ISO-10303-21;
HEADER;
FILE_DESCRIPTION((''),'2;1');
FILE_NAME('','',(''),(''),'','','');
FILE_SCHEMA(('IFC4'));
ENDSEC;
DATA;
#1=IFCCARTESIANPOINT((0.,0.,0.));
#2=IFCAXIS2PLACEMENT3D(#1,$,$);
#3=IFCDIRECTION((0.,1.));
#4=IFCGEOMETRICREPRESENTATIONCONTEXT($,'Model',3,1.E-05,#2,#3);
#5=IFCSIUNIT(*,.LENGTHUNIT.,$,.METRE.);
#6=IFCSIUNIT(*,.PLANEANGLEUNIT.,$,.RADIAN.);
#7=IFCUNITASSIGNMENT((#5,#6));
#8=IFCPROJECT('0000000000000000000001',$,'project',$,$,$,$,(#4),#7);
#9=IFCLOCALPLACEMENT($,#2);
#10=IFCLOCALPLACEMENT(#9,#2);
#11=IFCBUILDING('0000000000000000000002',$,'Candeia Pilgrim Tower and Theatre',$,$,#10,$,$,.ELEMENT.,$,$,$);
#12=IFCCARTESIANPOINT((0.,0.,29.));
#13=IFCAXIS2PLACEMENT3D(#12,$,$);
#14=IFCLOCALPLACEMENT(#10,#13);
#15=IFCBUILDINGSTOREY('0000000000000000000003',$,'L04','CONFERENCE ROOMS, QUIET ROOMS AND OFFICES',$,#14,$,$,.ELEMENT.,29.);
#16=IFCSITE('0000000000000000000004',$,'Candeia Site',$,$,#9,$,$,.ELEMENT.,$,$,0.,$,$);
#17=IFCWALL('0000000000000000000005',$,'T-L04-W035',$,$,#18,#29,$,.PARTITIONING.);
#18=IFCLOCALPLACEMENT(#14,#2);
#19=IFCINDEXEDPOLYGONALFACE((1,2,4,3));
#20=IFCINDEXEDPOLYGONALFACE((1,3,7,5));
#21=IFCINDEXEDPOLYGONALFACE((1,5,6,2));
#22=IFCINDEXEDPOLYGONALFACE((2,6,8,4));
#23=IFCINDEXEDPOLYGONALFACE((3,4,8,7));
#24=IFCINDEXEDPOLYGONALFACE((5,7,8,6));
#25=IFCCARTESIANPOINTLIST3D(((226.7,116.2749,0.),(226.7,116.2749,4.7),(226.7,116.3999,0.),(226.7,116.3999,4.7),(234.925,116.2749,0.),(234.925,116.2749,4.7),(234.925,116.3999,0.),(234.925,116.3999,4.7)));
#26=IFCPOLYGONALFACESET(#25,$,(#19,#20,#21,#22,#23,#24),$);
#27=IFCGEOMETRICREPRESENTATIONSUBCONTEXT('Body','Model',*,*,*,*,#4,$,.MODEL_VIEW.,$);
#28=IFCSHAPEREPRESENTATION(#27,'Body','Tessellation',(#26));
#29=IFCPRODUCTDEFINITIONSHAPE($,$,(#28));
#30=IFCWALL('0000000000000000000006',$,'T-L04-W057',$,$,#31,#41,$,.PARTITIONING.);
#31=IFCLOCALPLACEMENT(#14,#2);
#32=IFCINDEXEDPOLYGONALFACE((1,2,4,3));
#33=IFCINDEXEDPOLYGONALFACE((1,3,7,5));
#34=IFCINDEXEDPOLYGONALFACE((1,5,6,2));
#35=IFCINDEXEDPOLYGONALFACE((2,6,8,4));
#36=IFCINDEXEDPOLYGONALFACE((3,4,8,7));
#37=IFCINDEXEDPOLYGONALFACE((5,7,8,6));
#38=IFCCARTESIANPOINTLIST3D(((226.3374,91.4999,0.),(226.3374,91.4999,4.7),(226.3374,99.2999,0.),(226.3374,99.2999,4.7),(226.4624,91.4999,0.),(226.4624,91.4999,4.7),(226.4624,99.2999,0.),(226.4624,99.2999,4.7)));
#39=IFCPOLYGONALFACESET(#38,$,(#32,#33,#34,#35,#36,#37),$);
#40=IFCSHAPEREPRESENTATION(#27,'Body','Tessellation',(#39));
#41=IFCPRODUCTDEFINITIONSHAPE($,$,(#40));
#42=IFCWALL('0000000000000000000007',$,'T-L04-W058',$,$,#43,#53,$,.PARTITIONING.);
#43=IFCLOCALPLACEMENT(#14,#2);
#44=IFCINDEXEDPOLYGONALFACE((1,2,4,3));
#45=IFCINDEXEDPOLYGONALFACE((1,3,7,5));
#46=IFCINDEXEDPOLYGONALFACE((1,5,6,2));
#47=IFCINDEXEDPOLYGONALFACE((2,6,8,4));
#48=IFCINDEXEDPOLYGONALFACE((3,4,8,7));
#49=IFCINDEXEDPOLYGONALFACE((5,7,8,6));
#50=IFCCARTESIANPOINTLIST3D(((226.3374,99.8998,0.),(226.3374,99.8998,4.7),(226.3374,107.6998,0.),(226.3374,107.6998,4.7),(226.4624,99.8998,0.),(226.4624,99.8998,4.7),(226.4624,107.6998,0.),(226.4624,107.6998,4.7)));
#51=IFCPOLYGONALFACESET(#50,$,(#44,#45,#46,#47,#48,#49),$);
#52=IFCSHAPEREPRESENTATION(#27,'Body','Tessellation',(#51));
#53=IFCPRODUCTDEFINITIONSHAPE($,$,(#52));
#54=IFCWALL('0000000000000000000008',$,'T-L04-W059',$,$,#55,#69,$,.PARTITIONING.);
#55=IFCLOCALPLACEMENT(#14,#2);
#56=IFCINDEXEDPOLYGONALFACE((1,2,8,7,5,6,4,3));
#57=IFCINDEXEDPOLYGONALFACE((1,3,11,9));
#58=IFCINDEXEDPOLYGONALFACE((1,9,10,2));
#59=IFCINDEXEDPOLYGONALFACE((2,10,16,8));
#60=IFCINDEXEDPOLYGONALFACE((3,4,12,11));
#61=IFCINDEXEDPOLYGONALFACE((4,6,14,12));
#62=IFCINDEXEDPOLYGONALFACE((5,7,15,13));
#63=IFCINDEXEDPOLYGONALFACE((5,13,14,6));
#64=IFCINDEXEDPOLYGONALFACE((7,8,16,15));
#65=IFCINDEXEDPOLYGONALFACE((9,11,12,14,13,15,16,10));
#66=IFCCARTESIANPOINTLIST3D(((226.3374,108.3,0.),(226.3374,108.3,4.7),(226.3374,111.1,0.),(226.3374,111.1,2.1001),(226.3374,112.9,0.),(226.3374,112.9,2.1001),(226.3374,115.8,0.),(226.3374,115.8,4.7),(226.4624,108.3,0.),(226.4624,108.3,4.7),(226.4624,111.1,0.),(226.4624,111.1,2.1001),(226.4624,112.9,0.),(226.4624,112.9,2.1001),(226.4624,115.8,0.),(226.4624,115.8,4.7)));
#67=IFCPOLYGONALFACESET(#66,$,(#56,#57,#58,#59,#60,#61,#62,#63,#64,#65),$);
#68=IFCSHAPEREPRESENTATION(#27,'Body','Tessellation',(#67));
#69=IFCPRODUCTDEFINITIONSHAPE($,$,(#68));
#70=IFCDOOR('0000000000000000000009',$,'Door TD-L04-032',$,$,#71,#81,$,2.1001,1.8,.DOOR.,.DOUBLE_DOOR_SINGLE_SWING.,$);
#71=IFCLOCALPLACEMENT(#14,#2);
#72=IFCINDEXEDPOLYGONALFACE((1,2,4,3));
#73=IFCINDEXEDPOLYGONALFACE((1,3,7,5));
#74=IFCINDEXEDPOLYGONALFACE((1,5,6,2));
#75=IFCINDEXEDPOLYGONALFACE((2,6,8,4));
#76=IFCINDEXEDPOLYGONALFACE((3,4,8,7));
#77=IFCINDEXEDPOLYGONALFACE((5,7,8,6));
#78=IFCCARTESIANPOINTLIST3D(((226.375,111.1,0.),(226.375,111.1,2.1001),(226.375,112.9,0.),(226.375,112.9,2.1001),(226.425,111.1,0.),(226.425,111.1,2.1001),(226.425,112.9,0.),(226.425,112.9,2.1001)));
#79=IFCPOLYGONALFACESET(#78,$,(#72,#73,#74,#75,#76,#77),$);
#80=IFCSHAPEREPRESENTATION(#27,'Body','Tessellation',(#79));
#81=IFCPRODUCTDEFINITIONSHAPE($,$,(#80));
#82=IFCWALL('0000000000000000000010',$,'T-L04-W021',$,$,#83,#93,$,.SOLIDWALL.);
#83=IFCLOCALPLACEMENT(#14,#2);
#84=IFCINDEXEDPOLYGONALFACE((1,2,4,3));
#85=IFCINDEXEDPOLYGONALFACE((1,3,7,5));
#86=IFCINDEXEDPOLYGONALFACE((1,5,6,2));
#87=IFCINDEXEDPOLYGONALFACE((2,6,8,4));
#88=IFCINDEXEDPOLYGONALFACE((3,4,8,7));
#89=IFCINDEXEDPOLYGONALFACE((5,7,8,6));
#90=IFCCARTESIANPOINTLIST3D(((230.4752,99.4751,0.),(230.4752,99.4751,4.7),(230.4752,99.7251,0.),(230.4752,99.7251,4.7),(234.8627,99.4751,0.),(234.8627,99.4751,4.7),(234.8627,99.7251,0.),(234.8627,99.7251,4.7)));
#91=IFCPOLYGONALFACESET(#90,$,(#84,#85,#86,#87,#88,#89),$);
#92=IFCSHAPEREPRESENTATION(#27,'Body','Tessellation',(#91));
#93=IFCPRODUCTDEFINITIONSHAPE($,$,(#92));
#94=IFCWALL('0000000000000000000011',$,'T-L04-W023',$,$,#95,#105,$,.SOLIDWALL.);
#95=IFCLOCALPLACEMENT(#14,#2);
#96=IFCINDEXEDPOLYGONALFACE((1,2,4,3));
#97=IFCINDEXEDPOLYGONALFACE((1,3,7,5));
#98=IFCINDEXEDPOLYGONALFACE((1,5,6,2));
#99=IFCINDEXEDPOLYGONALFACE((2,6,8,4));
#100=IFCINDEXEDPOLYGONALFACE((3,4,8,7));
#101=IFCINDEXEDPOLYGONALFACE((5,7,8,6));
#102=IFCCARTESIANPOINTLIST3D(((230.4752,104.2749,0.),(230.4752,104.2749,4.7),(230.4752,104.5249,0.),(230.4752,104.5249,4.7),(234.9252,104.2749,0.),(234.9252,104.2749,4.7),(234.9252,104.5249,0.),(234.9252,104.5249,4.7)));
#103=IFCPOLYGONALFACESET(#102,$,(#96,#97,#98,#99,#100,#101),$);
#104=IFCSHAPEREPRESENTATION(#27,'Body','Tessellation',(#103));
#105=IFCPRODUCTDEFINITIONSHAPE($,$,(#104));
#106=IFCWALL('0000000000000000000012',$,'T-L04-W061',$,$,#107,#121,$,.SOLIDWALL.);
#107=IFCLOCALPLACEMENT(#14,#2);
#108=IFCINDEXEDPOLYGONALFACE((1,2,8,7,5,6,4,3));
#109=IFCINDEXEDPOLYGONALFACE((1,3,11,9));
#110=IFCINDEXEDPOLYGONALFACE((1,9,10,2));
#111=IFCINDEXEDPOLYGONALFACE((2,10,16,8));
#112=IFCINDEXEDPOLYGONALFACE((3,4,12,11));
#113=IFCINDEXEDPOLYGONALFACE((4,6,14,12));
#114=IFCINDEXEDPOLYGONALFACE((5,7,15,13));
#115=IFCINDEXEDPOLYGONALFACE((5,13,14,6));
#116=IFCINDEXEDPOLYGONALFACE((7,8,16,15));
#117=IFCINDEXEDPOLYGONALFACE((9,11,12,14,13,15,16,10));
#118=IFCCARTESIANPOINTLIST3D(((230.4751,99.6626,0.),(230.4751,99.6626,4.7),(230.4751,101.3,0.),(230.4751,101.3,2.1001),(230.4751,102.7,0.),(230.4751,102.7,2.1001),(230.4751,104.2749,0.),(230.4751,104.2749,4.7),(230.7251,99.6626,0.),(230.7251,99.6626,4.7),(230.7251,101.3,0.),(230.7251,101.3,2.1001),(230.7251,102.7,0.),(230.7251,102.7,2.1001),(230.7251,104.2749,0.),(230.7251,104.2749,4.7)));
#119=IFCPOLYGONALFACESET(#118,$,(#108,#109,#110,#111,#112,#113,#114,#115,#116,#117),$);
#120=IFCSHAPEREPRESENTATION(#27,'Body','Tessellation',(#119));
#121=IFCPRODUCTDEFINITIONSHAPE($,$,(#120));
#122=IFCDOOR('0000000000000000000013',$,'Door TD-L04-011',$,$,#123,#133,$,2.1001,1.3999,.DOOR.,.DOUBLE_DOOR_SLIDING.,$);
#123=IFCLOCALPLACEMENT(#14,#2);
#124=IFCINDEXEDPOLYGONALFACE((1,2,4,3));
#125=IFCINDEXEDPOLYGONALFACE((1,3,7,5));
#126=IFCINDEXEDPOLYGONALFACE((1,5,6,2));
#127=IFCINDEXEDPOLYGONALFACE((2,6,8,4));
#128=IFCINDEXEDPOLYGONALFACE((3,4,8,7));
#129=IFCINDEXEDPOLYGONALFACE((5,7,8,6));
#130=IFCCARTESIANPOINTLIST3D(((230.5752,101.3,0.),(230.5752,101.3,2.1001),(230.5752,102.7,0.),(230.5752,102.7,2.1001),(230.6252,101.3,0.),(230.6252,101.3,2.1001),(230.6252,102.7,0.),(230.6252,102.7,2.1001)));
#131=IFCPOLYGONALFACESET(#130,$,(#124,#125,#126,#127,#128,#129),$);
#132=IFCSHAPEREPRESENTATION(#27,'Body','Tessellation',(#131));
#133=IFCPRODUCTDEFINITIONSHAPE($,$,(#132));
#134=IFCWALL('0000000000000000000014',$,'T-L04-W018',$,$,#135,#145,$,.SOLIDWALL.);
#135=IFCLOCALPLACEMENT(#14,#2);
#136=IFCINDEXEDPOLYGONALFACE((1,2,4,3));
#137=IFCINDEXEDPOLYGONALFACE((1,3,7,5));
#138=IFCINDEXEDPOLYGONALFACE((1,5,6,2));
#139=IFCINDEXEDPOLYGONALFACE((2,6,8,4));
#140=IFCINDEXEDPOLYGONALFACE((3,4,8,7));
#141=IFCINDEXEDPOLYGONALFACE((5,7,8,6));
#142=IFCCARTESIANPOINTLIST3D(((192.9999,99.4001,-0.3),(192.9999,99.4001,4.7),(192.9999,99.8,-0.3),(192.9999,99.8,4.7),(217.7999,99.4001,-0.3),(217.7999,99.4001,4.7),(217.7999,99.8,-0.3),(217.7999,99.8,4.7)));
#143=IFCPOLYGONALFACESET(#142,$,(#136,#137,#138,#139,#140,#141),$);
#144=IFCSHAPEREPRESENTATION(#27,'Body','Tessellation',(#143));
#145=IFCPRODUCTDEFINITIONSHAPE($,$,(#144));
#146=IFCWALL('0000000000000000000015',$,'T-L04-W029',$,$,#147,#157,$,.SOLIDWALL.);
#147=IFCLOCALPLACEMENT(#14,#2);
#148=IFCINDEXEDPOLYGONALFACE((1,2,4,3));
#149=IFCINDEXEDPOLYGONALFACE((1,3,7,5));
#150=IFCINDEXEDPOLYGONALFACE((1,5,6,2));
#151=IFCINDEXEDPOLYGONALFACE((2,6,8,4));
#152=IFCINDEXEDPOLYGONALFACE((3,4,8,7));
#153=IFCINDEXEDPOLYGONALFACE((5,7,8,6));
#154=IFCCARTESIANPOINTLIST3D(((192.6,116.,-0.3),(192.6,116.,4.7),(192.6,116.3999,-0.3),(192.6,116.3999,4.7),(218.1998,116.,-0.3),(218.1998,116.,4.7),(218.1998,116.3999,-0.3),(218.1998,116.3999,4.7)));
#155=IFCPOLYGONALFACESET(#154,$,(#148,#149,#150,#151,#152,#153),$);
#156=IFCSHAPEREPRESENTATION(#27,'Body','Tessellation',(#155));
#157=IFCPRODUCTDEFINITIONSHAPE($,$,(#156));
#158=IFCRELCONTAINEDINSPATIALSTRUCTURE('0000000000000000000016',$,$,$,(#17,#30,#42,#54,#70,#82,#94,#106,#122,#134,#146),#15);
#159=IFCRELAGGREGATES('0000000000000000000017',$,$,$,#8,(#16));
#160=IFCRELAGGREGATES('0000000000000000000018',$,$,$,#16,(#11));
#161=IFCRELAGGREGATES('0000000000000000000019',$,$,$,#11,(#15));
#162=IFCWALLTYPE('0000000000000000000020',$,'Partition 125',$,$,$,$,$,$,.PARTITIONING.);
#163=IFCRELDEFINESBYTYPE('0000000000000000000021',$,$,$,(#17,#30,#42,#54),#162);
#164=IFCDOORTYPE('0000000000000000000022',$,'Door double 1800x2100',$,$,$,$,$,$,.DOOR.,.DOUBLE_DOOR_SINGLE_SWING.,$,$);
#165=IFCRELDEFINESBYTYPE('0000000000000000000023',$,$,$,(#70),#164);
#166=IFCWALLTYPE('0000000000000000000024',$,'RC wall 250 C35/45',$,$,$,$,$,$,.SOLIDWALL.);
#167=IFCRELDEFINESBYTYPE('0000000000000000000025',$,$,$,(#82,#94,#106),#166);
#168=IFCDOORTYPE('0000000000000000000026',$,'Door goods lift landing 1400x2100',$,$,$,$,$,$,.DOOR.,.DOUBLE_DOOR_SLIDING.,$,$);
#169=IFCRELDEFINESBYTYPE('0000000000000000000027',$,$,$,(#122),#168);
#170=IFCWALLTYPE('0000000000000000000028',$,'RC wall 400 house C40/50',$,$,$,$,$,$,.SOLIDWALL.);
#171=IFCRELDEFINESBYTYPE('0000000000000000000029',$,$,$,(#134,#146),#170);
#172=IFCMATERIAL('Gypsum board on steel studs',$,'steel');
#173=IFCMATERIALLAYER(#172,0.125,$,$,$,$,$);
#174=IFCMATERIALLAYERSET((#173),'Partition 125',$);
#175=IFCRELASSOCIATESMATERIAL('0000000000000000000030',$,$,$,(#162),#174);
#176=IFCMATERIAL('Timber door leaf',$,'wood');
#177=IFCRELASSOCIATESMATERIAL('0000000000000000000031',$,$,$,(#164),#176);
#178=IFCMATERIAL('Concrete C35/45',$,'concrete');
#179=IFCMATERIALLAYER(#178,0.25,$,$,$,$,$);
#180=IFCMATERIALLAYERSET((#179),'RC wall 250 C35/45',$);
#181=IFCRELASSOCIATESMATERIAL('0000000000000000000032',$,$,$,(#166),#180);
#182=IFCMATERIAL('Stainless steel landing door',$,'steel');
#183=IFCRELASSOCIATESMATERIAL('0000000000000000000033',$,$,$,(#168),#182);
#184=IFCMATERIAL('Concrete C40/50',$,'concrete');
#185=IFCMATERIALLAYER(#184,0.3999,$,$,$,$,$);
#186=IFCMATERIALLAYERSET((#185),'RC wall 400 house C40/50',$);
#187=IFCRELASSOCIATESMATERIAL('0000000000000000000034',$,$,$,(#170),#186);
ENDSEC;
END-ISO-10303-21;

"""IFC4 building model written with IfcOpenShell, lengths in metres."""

from ifc_helpers import new_model, si_unit, direction, frame, frame_2d, origin, place, context, subcontext, project, spatial, rectangle, extrude, material, layer, layer_set, type_object, element, fill, save


model = new_model("IFC4")

# Units and contexts
model_context = context("Model", 3, precision=1e-05, world=origin(), true_north=direction((0.0, 1.0)))
body_context = subcontext(model_context, "Body", "Model", "MODEL_VIEW")
ifc_project = project(units=[si_unit("LENGTHUNIT", "METRE"), si_unit("PLANEANGLEUNIT", "RADIAN")], contexts=[model_context])

# Site, building, storey
site_placement = place(None, origin())
site = spatial("IfcSite", under=ifc_project, at=site_placement, Name="Candeia Site", CompositionType="ELEMENT", RefElevation=0.0)
building_placement = place(site_placement, origin())
building = spatial("IfcBuilding", under=site, at=building_placement, Name="Candeia Pilgrim Tower and Theatre", CompositionType="ELEMENT")
storey_placement = place(building_placement, frame((0.0, 0.0, 29.0)))
storey = spatial("IfcBuildingStorey", under=building, at=storey_placement, Name="L04", Description="CONFERENCE ROOMS, QUIET ROOMS AND OFFICES", CompositionType="ELEMENT", Elevation=29.0)

# Shared definitions
ifc_material_1 = material(Name="Concrete C40/50", Category="concrete")

# Shared definitions
ifc_material_2 = material(Name="Gypsum board on steel studs", Category="steel")
ifc_layer_1 = layer(ifc_material_2, 0.125)
ifc_layer_set_1 = layer_set([ifc_layer_1], Name="Partition 125")
wall_type_1 = type_object("IfcWallType", Name="Partition 125", PredefinedType="PARTITIONING", material=ifc_layer_set_1)
ifc_material_3 = material(Name="Timber door leaf", Category="wood")

# Walls
wall_1_placement = place(storey_placement, frame((226.7, 116.3374, 0.0), z_axis=(0.0, 0.0, 1.0), x_axis=(1.0, 0.0, 0.0)))
element("IfcWall", 1, at=wall_1_placement, inside=storey, type_object=wall_type_1, Name="T-L04-W035", PredefinedType="PARTITIONING", context=body_context, shape_type="SweptSolid", body=[
    extrude(rectangle(XDim=8.2251, YDim=0.125, at=frame_2d((4.1125, 0.0))), origin(), (0.0, 0.0, 1.0), 4.7),
])
for number, where, z_axis, x_axis, name in (
    (2, (226.3999, 91.5, 0.0), (0.0, 0.0, 1.0), (0.0, 1.0, 0.0), "T-L04-W057"),
    (3, (226.3999, 99.8999, 0.0), (0.0, 0.0, 1.0), (0.0, 1.0, 0.0), "T-L04-W058"),
):
    element("IfcWall", number, at=place(storey_placement, frame(where, z_axis=z_axis, x_axis=x_axis)), inside=storey, type_object=wall_type_1, Name=name, PredefinedType="PARTITIONING", context=body_context, shape_type="SweptSolid", body=[
        extrude(rectangle(XDim=7.8, YDim=0.125, at=frame_2d((3.8999, 0.0))), origin(), (0.0, 0.0, 1.0), 4.7),
    ])

# Wall, opening, door
wall_2_placement = place(storey_placement, frame((226.3999, 108.3, 0.0), z_axis=(0.0, 0.0, 1.0), x_axis=(0.0, 1.0, 0.0)))
wall_2 = element("IfcWall", 4, at=wall_2_placement, inside=storey, type_object=wall_type_1, Name="T-L04-W059", PredefinedType="PARTITIONING", context=body_context, shape_type="SweptSolid", body=[
    extrude(rectangle(XDim=7.5, YDim=0.125, at=frame_2d((3.75, 0.0))), origin(), (0.0, 0.0, 1.0), 4.7),
])
opening_1_placement = place(wall_2_placement, frame((2.8, 0.0, 0.0)))
opening_1 = element("IfcOpeningElement", 5, at=opening_1_placement, cuts=wall_2, PredefinedType="OPENING", context=body_context, shape_type="SweptSolid", body=[
    extrude(rectangle(XDim=1.8, YDim=2.1001, at=frame_2d((0.8999, 1.05))), frame((0.0, 0.0725, 0.0), z_axis=(0.0, -1.0, 0.0), x_axis=(1.0, 0.0, 0.0)), (0.0, 0.0, 1.0), 0.145),
])
door_type_1 = type_object("IfcDoorType", Name="Door double 1800x2100", OperationType="DOUBLE_DOOR_SINGLE_SWING", PredefinedType="DOOR", material=ifc_material_3)
door_1_placement = place(opening_1_placement, origin())
door_1 = element("IfcDoor", 6, at=door_1_placement, inside=storey, type_object=door_type_1, Name="Door TD-L04-032", OperationType="DOUBLE_DOOR_SINGLE_SWING", OverallHeight=2.1001, OverallWidth=1.8, PredefinedType="DOOR", context=body_context, shape_type="SweptSolid", body=[
    extrude(rectangle(XDim=1.8, YDim=2.1001, at=frame_2d((0.8999, 1.05))), frame((0.0, 0.0249, 0.0), z_axis=(0.0, -1.0, 0.0), x_axis=(1.0, 0.0, 0.0)), (0.0, 0.0, 1.0), 0.05),
])
fill(opening_1, door_1)

# Walls
ifc_material_4 = material(Name="Concrete C35/45", Category="concrete")
ifc_layer_2 = layer(ifc_material_4, 0.25)
ifc_layer_set_2 = layer_set([ifc_layer_2], Name="RC wall 250 C35/45")
wall_type_2 = type_object("IfcWallType", Name="RC wall 250 C35/45", PredefinedType="SOLIDWALL", material=ifc_layer_set_2)
wall_3_placement = place(storey_placement, frame((230.4751, 99.6001, 0.0), z_axis=(0.0, 0.0, 1.0), x_axis=(1.0, 0.0, 0.0)))
element("IfcWall", 7, at=wall_3_placement, inside=storey, type_object=wall_type_2, Name="T-L04-W021", PredefinedType="SOLIDWALL", context=body_context, shape_type="SweptSolid", body=[
    extrude(rectangle(XDim=4.3875, YDim=0.25, at=frame_2d((2.1938, 0.0))), origin(), (0.0, 0.0, 1.0), 4.7),
])
wall_4_placement = place(storey_placement, frame((230.4751, 104.3999, 0.0), z_axis=(0.0, 0.0, 1.0), x_axis=(1.0, 0.0, 0.0)))
element("IfcWall", 8, at=wall_4_placement, inside=storey, type_object=wall_type_2, Name="T-L04-W023", PredefinedType="SOLIDWALL", context=body_context, shape_type="SweptSolid", body=[
    extrude(rectangle(XDim=4.45, YDim=0.25, at=frame_2d((2.2251, 0.0))), origin(), (0.0, 0.0, 1.0), 4.7),
])

# Wall, opening, door
wall_5_placement = place(storey_placement, frame((230.6001, 99.6626, 0.0), z_axis=(0.0, 0.0, 1.0), x_axis=(0.0, 1.0, 0.0)))
wall_5 = element("IfcWall", 9, at=wall_5_placement, inside=storey, type_object=wall_type_2, Name="T-L04-W061", PredefinedType="SOLIDWALL", context=body_context, shape_type="SweptSolid", body=[
    extrude(rectangle(XDim=4.6123, YDim=0.25, at=frame_2d((2.3062, 0.0))), origin(), (0.0, 0.0, 1.0), 4.7),
])
opening_2_placement = place(wall_5_placement, frame((1.6375, 0.0, 0.0)))
opening_2 = element("IfcOpeningElement", 10, at=opening_2_placement, cuts=wall_5, PredefinedType="OPENING", context=body_context, shape_type="SweptSolid", body=[
    extrude(rectangle(XDim=1.3999, YDim=2.1001, at=frame_2d((0.7, 1.05))), frame((0.0, 0.135, 0.0), z_axis=(0.0, -1.0, 0.0), x_axis=(1.0, 0.0, 0.0)), (0.0, 0.0, 1.0), 0.27),
])
ifc_material_5 = material(Name="Stainless steel landing door", Category="steel")
door_type_2 = type_object("IfcDoorType", Name="Door goods lift landing 1400x2100", OperationType="DOUBLE_DOOR_SLIDING", PredefinedType="DOOR", material=ifc_material_5)
door_2_placement = place(opening_2_placement, origin())
door_2 = element("IfcDoor", 11, at=door_2_placement, inside=storey, type_object=door_type_2, Name="Door TD-L04-011", OperationType="DOUBLE_DOOR_SLIDING", OverallHeight=2.1001, OverallWidth=1.3999, PredefinedType="DOOR", context=body_context, shape_type="SweptSolid", body=[
    extrude(rectangle(XDim=1.3999, YDim=2.1001, at=frame_2d((0.7, 1.05))), frame((0.0, 0.0249, 0.0), z_axis=(0.0, -1.0, 0.0), x_axis=(1.0, 0.0, 0.0)), (0.0, 0.0, 1.0), 0.05),
])
fill(opening_2, door_2)

# Walls
ifc_layer_3 = layer(ifc_material_1, 0.3999)
ifc_layer_set_3 = layer_set([ifc_layer_3], Name="RC wall 400 house C40/50")
wall_type_3 = type_object("IfcWallType", Name="RC wall 400 house C40/50", PredefinedType="SOLIDWALL", material=ifc_layer_set_3)
wall_6_placement = place(storey_placement, frame((193.0, 99.6001, -0.3), z_axis=(0.0, 0.0, 1.0), x_axis=(1.0, 0.0, 0.0)))
element("IfcWall", 12, at=wall_6_placement, inside=storey, type_object=wall_type_3, Name="T-L04-W018", PredefinedType="SOLIDWALL", context=body_context, shape_type="SweptSolid", body=[
    extrude(rectangle(XDim=24.8, YDim=0.3999, at=frame_2d((12.3999, 0.0))), origin(), (0.0, 0.0, 1.0), 5.0),
])
wall_7_placement = place(storey_placement, frame((192.6001, 116.2, -0.3), z_axis=(0.0, 0.0, 1.0), x_axis=(1.0, 0.0, 0.0)))
element("IfcWall", 13, at=wall_7_placement, inside=storey, type_object=wall_type_3, Name="T-L04-W029", PredefinedType="SOLIDWALL", context=body_context, shape_type="SweptSolid", body=[
    extrude(rectangle(XDim=25.5999, YDim=0.3999, at=frame_2d((12.7998, 0.0))), origin(), (0.0, 0.0, 1.0), 5.0),
])

save(model, "model.ifc")
